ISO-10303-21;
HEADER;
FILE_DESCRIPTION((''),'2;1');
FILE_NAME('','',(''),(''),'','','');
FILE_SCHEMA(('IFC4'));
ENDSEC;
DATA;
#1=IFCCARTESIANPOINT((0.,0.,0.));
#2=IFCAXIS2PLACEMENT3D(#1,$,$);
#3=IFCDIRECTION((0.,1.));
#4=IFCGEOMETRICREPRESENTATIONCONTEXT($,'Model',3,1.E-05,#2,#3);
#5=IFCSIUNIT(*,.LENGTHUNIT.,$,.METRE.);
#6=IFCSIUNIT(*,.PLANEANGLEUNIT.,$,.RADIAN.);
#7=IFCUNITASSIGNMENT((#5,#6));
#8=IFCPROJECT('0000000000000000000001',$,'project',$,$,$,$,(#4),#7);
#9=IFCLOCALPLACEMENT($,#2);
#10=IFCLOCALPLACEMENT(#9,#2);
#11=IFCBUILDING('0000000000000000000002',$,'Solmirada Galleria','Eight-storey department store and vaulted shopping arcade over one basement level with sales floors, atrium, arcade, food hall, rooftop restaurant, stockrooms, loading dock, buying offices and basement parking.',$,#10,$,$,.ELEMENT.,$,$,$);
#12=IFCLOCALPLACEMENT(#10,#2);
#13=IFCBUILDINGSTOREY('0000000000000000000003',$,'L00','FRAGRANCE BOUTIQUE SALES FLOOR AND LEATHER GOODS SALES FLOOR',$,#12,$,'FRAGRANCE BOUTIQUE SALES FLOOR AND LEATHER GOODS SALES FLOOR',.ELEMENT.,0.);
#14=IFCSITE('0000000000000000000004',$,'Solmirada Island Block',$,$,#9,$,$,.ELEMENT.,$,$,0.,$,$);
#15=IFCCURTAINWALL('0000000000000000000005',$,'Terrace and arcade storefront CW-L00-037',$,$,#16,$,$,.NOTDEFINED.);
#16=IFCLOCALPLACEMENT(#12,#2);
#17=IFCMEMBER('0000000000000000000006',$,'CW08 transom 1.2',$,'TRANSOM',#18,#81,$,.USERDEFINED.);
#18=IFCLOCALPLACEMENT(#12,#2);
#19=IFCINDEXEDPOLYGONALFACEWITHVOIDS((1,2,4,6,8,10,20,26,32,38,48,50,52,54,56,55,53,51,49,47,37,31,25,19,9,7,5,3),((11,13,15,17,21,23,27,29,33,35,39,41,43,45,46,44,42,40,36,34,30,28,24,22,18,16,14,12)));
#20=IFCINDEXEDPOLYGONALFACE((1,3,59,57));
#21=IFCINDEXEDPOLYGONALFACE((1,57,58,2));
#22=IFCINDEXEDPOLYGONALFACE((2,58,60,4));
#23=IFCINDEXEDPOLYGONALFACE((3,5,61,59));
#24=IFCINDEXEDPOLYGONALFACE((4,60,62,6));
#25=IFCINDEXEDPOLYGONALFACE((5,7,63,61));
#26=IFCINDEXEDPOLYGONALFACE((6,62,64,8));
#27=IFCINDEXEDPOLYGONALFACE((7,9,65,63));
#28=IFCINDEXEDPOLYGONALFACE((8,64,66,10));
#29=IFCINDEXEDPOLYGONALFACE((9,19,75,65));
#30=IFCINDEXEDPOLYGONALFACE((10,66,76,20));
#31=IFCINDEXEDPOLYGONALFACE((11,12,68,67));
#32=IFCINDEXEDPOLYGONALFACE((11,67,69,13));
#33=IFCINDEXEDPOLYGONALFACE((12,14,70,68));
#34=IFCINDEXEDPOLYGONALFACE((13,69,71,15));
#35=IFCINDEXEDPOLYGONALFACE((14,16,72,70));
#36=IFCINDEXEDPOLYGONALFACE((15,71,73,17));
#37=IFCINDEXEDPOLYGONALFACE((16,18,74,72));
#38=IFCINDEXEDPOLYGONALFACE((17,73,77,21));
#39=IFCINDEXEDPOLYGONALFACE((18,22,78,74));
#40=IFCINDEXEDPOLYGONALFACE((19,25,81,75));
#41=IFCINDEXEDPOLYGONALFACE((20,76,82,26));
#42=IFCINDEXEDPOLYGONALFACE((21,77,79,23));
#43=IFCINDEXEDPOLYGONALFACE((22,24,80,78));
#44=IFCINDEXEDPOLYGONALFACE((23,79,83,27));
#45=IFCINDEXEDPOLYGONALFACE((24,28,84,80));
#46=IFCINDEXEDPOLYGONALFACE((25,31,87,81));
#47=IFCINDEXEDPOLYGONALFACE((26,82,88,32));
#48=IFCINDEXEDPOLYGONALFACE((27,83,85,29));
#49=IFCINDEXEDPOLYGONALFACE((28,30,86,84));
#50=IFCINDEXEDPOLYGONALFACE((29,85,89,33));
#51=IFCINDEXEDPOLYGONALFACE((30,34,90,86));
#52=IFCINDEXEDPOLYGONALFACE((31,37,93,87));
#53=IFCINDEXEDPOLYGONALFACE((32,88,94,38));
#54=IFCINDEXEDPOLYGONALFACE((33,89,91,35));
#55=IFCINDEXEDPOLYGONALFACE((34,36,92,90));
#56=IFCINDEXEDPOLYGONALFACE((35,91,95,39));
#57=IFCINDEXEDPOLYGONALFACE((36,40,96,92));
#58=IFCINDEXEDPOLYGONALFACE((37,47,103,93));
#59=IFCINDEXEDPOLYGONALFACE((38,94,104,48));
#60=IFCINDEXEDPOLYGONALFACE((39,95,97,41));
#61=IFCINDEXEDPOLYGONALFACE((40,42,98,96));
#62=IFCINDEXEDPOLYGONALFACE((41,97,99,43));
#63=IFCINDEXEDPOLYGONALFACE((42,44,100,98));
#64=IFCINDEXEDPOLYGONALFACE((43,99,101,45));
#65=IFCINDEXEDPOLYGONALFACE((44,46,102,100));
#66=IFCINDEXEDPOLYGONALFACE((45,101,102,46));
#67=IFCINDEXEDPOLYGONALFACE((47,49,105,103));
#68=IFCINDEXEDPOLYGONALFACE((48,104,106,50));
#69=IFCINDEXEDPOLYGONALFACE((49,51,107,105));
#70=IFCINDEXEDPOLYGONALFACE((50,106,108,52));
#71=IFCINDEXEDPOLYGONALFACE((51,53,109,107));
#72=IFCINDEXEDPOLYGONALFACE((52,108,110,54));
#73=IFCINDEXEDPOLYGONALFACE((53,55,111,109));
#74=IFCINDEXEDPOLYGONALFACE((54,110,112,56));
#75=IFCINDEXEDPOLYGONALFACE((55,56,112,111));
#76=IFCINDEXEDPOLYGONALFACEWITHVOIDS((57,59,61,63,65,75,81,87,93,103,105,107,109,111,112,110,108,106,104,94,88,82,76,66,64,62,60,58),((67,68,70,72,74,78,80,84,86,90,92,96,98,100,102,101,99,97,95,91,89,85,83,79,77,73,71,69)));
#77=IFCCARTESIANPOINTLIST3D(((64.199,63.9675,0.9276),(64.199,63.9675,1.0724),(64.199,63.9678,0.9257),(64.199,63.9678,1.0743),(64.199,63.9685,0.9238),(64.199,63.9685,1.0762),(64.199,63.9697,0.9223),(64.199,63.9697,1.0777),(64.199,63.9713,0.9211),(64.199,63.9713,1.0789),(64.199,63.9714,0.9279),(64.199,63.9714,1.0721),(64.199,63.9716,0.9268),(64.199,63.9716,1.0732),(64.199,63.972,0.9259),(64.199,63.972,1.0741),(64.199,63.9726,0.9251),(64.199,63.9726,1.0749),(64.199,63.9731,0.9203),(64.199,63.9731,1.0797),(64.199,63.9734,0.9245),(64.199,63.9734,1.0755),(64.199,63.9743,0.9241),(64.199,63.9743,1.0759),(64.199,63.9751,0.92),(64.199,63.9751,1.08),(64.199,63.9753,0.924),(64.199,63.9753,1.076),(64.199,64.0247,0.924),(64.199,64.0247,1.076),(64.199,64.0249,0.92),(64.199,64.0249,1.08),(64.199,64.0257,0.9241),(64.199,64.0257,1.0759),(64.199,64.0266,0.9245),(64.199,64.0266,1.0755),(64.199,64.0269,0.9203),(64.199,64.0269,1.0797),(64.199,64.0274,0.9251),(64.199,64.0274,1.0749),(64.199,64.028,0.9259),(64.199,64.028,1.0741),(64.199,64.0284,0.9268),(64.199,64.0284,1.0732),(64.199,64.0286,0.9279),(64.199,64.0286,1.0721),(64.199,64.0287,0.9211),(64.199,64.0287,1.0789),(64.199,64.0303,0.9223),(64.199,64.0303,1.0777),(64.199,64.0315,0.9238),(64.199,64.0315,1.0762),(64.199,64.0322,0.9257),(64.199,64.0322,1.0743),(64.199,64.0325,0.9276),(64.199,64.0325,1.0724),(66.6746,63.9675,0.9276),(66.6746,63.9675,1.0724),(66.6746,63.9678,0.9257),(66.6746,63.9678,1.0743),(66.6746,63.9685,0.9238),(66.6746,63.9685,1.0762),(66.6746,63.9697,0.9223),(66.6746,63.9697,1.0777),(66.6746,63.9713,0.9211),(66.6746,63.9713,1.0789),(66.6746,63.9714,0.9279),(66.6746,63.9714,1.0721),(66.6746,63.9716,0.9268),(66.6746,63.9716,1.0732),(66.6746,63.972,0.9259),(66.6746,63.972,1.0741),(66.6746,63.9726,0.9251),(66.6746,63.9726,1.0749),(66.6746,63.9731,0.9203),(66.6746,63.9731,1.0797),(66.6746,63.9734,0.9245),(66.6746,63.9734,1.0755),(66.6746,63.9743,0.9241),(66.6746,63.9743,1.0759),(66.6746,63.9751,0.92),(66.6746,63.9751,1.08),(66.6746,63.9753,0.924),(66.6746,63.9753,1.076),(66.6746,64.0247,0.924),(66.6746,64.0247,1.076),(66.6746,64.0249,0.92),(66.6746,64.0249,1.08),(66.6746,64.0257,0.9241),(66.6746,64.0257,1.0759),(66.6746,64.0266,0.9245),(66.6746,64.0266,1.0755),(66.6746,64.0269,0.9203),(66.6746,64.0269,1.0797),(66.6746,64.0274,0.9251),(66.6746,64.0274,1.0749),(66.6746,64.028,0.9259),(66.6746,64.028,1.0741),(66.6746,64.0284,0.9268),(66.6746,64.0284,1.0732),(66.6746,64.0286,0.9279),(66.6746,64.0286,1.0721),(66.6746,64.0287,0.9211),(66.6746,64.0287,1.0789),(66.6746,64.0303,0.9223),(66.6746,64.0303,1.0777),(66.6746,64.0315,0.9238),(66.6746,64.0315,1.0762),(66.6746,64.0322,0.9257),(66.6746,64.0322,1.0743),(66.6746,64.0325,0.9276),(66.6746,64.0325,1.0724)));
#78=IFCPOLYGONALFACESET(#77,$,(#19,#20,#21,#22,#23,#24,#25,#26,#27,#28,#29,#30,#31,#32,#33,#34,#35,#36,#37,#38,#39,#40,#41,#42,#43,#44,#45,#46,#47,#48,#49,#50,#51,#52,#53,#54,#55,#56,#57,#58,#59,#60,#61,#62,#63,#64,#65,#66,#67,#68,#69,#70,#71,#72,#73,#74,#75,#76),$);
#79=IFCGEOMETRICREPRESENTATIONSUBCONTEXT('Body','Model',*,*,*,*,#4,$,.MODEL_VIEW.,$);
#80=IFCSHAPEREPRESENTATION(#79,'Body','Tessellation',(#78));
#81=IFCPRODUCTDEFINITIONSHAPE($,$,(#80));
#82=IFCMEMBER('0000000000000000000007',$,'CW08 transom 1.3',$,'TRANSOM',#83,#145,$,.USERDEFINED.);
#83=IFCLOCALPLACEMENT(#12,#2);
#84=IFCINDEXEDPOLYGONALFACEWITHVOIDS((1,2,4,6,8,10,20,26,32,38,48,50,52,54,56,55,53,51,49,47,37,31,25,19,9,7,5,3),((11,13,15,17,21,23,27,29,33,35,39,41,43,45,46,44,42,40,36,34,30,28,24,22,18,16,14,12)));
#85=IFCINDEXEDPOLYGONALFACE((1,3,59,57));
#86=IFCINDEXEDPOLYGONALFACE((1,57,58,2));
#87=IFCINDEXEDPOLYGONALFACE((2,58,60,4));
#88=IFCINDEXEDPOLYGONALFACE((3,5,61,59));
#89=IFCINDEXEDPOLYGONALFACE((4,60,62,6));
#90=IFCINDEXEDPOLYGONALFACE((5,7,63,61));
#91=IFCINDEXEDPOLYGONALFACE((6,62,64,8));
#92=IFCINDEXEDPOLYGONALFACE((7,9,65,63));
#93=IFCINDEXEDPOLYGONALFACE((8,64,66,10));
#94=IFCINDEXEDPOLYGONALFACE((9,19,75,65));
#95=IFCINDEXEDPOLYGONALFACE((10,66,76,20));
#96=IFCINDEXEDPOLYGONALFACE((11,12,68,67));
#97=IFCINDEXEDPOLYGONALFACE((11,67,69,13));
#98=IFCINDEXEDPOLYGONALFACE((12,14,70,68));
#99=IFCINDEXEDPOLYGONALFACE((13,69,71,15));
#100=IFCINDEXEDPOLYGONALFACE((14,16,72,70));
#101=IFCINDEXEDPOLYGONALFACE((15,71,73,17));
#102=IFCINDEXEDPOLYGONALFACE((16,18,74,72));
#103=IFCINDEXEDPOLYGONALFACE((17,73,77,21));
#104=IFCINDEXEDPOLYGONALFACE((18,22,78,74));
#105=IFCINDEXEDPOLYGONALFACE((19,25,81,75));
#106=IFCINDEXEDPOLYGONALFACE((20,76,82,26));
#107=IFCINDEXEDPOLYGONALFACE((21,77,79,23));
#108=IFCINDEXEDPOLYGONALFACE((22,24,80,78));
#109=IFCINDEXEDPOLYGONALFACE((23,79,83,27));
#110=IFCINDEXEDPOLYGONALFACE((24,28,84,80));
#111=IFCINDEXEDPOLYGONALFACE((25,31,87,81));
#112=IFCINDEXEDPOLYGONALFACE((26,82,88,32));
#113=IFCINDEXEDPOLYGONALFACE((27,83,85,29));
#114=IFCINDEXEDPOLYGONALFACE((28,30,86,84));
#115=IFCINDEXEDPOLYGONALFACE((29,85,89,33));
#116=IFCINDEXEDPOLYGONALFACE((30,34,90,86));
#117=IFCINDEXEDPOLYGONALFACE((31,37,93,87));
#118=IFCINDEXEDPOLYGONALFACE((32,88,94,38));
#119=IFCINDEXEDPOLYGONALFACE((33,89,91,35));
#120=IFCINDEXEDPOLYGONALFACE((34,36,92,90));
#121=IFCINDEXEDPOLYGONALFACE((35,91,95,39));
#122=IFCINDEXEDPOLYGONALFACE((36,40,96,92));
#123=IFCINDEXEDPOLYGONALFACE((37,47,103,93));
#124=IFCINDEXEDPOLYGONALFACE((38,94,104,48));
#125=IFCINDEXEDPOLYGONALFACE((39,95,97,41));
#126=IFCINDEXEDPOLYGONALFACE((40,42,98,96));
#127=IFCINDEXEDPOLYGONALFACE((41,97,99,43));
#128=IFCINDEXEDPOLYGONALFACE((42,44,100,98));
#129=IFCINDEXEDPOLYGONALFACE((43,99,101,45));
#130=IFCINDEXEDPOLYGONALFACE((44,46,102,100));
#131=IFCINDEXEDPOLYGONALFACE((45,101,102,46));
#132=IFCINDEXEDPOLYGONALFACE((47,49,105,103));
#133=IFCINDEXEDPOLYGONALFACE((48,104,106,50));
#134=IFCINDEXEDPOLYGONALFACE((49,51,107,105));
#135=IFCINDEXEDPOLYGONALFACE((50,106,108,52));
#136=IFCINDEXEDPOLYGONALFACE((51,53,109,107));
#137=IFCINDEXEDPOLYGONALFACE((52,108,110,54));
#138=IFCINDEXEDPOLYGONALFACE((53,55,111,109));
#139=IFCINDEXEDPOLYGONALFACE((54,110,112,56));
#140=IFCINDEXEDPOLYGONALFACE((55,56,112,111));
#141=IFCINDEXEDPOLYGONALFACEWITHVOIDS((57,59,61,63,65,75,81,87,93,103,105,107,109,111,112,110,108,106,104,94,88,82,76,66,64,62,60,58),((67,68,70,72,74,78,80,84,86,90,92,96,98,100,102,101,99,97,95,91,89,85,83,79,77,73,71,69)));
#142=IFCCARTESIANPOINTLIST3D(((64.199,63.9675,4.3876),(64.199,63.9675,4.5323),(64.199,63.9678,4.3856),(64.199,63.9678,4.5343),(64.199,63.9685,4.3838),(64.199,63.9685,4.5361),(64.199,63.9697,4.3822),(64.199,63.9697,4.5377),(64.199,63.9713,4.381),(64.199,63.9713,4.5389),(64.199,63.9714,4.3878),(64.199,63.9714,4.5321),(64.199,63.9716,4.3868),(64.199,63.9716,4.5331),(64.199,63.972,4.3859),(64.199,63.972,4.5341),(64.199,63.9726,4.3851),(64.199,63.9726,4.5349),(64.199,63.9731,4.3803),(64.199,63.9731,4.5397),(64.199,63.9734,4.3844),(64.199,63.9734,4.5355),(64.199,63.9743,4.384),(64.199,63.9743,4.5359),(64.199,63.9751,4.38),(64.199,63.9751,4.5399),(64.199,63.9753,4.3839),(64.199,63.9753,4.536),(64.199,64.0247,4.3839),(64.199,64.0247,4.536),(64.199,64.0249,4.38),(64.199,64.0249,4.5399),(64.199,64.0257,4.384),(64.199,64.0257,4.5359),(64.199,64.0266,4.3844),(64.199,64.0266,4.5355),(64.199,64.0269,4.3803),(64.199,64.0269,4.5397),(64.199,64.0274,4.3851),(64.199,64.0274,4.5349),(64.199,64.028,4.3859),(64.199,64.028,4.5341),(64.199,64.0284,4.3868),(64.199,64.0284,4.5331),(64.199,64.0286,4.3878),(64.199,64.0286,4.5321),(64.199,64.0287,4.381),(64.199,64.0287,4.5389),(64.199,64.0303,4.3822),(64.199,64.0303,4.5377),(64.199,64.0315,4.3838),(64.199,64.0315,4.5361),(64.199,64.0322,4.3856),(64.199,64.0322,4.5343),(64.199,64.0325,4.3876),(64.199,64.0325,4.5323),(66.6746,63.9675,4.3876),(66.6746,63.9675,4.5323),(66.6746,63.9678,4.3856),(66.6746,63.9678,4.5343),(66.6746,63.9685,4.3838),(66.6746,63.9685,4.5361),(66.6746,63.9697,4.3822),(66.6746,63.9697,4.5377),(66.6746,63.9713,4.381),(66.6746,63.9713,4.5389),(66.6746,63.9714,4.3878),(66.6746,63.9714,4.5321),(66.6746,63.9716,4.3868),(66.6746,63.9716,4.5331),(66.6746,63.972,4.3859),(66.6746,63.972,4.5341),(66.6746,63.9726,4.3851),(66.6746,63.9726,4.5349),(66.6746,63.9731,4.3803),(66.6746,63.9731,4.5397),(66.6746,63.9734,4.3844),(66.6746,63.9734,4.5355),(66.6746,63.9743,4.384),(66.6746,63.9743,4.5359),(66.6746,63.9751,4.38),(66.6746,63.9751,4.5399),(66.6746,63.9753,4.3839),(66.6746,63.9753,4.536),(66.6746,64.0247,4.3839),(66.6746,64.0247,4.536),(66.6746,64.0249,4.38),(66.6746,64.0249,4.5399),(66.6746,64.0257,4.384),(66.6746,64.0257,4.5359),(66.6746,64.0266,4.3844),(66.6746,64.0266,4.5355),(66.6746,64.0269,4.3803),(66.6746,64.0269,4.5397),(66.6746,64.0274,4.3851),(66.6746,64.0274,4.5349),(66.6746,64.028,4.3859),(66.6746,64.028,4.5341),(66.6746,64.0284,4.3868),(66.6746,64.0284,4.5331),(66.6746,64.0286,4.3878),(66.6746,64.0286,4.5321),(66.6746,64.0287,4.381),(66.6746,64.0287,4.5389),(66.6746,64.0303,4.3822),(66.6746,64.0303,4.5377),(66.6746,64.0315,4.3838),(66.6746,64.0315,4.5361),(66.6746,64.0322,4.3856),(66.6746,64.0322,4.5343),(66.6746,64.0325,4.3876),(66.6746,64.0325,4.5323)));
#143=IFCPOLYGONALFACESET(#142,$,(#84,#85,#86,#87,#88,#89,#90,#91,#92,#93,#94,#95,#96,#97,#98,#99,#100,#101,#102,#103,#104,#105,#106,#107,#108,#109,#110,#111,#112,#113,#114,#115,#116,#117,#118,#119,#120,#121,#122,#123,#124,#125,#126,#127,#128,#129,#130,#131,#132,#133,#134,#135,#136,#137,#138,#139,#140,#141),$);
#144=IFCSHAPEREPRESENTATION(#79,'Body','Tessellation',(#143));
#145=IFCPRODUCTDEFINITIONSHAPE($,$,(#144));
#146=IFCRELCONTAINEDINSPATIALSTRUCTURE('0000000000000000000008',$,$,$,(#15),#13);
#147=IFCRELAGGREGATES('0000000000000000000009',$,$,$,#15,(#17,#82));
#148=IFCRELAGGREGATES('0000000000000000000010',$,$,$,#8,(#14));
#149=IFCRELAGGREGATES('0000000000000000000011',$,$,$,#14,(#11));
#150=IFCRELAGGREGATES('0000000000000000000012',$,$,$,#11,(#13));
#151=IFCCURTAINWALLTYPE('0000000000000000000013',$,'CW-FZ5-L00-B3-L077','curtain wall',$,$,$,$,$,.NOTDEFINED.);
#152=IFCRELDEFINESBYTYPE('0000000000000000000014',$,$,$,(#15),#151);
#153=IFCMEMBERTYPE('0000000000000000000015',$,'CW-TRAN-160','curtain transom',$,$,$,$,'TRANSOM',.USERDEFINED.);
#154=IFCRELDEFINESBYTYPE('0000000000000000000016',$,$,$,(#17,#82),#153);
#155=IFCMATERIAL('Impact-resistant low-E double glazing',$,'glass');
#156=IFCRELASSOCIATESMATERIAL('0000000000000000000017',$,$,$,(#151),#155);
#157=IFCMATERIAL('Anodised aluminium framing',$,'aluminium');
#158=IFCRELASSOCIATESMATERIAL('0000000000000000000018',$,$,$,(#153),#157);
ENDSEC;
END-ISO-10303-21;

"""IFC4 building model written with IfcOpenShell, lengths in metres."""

from ifc_helpers import new_model, si_unit, direction, frame, origin, origin_2d, place, context, subcontext, project, spatial, hollow_rectangle, extrude, material, material_profile, profile_set, type_object, element, aggregate, save


model = new_model("IFC4")

# Units and contexts
model_context = context("Model", 3, precision=1e-05, world=origin(), true_north=direction((0.0, 1.0)))
body_context = subcontext(model_context, "Body", "Model", "MODEL_VIEW")
ifc_project = project(units=[si_unit("LENGTHUNIT", "METRE"), si_unit("PLANEANGLEUNIT", "RADIAN")], contexts=[model_context])

# Site, building, storey
site_placement = place(None, origin())
site = spatial("IfcSite", under=ifc_project, at=site_placement, Name="Solmirada Island Block", CompositionType="ELEMENT", RefElevation=0.0)
building_placement = place(site_placement, origin())
building = spatial("IfcBuilding", under=site, at=building_placement, Name="Solmirada Galleria", Description="Eight-storey department store and vaulted shopping arcade over one basement level with sales floors, atrium, arcade, food hall, rooftop restaurant, stockrooms, loading dock, buying offices and basement parking.", CompositionType="ELEMENT")
storey_placement = place(building_placement, origin())
storey = spatial("IfcBuildingStorey", under=building, at=storey_placement, Name="L00", Description="FRAGRANCE BOUTIQUE SALES FLOOR AND LEATHER GOODS SALES FLOOR", LongName="FRAGRANCE BOUTIQUE SALES FLOOR AND LEATHER GOODS SALES FLOOR", CompositionType="ELEMENT", Elevation=0.0)

# Curtain wall
ifc_material_1 = material(Name="Impact-resistant low-E double glazing", Category="glass")
curtain_wall_type = type_object("IfcCurtainWallType", Name="CW-FZ5-L00-B3-L077", Description="curtain wall", PredefinedType="NOTDEFINED", material=ifc_material_1)
ifc_material_2 = material(Name="Anodised aluminium framing", Category="aluminium")
curtain_wall_1_placement = place(storey_placement, origin())
curtain_wall_1 = element("IfcCurtainWall", 1, at=curtain_wall_1_placement, inside=storey, type_object=curtain_wall_type, Name="Terrace and arcade storefront CW-L00-037", PredefinedType="NOTDEFINED")

# Members
ifc_material_profile_1 = material_profile(ifc_material_2, hollow_rectangle(XDim=0.0649, YDim=0.1599, WallThickness=0.0039, InnerFilletRadius=0.0039, OuterFilletRadius=0.0076, at=origin_2d()), Name="ALU-TRAN-160X65")
ifc_profile_set_1 = profile_set([ifc_material_profile_1], Name="Anodised aluminium framing")
member_type_1 = type_object("IfcMemberType", Name="CW-TRAN-160", Description="curtain transom", ElementType="TRANSOM", PredefinedType="USERDEFINED", material=ifc_profile_set_1)
member_1_placement = place(storey_placement, frame((64.199, 64.0, 1.0), z_axis=(1.0, 0.0, 0.0), x_axis=(0.0, 1.0, 0.0)))
member_1 = element("IfcMember", 2, at=member_1_placement, type_object=member_type_1, Name="CW08 transom 1.2", ObjectType="TRANSOM", PredefinedType="USERDEFINED", context=body_context, shape_type="SweptSolid", body=[
    extrude(hollow_rectangle(XDim=0.0649, YDim=0.1599, WallThickness=0.0039, InnerFilletRadius=0.0039, OuterFilletRadius=0.0076, at=origin_2d()), origin(), (0.0, 0.0, 1.0), 2.4756),
])
member_2_placement = place(storey_placement, frame((64.199, 64.0, 4.46), z_axis=(1.0, 0.0, 0.0), x_axis=(0.0, 1.0, 0.0)))
member_2 = element("IfcMember", 3, at=member_2_placement, type_object=member_type_1, Name="CW08 transom 1.3", ObjectType="TRANSOM", PredefinedType="USERDEFINED", context=body_context, shape_type="SweptSolid", body=[
    extrude(hollow_rectangle(XDim=0.0649, YDim=0.1599, WallThickness=0.0039, InnerFilletRadius=0.0039, OuterFilletRadius=0.0076, at=origin_2d()), origin(), (0.0, 0.0, 1.0), 2.4756),
])

aggregate(curtain_wall_1, [member_1, member_2])

save(model, "model.ifc")
